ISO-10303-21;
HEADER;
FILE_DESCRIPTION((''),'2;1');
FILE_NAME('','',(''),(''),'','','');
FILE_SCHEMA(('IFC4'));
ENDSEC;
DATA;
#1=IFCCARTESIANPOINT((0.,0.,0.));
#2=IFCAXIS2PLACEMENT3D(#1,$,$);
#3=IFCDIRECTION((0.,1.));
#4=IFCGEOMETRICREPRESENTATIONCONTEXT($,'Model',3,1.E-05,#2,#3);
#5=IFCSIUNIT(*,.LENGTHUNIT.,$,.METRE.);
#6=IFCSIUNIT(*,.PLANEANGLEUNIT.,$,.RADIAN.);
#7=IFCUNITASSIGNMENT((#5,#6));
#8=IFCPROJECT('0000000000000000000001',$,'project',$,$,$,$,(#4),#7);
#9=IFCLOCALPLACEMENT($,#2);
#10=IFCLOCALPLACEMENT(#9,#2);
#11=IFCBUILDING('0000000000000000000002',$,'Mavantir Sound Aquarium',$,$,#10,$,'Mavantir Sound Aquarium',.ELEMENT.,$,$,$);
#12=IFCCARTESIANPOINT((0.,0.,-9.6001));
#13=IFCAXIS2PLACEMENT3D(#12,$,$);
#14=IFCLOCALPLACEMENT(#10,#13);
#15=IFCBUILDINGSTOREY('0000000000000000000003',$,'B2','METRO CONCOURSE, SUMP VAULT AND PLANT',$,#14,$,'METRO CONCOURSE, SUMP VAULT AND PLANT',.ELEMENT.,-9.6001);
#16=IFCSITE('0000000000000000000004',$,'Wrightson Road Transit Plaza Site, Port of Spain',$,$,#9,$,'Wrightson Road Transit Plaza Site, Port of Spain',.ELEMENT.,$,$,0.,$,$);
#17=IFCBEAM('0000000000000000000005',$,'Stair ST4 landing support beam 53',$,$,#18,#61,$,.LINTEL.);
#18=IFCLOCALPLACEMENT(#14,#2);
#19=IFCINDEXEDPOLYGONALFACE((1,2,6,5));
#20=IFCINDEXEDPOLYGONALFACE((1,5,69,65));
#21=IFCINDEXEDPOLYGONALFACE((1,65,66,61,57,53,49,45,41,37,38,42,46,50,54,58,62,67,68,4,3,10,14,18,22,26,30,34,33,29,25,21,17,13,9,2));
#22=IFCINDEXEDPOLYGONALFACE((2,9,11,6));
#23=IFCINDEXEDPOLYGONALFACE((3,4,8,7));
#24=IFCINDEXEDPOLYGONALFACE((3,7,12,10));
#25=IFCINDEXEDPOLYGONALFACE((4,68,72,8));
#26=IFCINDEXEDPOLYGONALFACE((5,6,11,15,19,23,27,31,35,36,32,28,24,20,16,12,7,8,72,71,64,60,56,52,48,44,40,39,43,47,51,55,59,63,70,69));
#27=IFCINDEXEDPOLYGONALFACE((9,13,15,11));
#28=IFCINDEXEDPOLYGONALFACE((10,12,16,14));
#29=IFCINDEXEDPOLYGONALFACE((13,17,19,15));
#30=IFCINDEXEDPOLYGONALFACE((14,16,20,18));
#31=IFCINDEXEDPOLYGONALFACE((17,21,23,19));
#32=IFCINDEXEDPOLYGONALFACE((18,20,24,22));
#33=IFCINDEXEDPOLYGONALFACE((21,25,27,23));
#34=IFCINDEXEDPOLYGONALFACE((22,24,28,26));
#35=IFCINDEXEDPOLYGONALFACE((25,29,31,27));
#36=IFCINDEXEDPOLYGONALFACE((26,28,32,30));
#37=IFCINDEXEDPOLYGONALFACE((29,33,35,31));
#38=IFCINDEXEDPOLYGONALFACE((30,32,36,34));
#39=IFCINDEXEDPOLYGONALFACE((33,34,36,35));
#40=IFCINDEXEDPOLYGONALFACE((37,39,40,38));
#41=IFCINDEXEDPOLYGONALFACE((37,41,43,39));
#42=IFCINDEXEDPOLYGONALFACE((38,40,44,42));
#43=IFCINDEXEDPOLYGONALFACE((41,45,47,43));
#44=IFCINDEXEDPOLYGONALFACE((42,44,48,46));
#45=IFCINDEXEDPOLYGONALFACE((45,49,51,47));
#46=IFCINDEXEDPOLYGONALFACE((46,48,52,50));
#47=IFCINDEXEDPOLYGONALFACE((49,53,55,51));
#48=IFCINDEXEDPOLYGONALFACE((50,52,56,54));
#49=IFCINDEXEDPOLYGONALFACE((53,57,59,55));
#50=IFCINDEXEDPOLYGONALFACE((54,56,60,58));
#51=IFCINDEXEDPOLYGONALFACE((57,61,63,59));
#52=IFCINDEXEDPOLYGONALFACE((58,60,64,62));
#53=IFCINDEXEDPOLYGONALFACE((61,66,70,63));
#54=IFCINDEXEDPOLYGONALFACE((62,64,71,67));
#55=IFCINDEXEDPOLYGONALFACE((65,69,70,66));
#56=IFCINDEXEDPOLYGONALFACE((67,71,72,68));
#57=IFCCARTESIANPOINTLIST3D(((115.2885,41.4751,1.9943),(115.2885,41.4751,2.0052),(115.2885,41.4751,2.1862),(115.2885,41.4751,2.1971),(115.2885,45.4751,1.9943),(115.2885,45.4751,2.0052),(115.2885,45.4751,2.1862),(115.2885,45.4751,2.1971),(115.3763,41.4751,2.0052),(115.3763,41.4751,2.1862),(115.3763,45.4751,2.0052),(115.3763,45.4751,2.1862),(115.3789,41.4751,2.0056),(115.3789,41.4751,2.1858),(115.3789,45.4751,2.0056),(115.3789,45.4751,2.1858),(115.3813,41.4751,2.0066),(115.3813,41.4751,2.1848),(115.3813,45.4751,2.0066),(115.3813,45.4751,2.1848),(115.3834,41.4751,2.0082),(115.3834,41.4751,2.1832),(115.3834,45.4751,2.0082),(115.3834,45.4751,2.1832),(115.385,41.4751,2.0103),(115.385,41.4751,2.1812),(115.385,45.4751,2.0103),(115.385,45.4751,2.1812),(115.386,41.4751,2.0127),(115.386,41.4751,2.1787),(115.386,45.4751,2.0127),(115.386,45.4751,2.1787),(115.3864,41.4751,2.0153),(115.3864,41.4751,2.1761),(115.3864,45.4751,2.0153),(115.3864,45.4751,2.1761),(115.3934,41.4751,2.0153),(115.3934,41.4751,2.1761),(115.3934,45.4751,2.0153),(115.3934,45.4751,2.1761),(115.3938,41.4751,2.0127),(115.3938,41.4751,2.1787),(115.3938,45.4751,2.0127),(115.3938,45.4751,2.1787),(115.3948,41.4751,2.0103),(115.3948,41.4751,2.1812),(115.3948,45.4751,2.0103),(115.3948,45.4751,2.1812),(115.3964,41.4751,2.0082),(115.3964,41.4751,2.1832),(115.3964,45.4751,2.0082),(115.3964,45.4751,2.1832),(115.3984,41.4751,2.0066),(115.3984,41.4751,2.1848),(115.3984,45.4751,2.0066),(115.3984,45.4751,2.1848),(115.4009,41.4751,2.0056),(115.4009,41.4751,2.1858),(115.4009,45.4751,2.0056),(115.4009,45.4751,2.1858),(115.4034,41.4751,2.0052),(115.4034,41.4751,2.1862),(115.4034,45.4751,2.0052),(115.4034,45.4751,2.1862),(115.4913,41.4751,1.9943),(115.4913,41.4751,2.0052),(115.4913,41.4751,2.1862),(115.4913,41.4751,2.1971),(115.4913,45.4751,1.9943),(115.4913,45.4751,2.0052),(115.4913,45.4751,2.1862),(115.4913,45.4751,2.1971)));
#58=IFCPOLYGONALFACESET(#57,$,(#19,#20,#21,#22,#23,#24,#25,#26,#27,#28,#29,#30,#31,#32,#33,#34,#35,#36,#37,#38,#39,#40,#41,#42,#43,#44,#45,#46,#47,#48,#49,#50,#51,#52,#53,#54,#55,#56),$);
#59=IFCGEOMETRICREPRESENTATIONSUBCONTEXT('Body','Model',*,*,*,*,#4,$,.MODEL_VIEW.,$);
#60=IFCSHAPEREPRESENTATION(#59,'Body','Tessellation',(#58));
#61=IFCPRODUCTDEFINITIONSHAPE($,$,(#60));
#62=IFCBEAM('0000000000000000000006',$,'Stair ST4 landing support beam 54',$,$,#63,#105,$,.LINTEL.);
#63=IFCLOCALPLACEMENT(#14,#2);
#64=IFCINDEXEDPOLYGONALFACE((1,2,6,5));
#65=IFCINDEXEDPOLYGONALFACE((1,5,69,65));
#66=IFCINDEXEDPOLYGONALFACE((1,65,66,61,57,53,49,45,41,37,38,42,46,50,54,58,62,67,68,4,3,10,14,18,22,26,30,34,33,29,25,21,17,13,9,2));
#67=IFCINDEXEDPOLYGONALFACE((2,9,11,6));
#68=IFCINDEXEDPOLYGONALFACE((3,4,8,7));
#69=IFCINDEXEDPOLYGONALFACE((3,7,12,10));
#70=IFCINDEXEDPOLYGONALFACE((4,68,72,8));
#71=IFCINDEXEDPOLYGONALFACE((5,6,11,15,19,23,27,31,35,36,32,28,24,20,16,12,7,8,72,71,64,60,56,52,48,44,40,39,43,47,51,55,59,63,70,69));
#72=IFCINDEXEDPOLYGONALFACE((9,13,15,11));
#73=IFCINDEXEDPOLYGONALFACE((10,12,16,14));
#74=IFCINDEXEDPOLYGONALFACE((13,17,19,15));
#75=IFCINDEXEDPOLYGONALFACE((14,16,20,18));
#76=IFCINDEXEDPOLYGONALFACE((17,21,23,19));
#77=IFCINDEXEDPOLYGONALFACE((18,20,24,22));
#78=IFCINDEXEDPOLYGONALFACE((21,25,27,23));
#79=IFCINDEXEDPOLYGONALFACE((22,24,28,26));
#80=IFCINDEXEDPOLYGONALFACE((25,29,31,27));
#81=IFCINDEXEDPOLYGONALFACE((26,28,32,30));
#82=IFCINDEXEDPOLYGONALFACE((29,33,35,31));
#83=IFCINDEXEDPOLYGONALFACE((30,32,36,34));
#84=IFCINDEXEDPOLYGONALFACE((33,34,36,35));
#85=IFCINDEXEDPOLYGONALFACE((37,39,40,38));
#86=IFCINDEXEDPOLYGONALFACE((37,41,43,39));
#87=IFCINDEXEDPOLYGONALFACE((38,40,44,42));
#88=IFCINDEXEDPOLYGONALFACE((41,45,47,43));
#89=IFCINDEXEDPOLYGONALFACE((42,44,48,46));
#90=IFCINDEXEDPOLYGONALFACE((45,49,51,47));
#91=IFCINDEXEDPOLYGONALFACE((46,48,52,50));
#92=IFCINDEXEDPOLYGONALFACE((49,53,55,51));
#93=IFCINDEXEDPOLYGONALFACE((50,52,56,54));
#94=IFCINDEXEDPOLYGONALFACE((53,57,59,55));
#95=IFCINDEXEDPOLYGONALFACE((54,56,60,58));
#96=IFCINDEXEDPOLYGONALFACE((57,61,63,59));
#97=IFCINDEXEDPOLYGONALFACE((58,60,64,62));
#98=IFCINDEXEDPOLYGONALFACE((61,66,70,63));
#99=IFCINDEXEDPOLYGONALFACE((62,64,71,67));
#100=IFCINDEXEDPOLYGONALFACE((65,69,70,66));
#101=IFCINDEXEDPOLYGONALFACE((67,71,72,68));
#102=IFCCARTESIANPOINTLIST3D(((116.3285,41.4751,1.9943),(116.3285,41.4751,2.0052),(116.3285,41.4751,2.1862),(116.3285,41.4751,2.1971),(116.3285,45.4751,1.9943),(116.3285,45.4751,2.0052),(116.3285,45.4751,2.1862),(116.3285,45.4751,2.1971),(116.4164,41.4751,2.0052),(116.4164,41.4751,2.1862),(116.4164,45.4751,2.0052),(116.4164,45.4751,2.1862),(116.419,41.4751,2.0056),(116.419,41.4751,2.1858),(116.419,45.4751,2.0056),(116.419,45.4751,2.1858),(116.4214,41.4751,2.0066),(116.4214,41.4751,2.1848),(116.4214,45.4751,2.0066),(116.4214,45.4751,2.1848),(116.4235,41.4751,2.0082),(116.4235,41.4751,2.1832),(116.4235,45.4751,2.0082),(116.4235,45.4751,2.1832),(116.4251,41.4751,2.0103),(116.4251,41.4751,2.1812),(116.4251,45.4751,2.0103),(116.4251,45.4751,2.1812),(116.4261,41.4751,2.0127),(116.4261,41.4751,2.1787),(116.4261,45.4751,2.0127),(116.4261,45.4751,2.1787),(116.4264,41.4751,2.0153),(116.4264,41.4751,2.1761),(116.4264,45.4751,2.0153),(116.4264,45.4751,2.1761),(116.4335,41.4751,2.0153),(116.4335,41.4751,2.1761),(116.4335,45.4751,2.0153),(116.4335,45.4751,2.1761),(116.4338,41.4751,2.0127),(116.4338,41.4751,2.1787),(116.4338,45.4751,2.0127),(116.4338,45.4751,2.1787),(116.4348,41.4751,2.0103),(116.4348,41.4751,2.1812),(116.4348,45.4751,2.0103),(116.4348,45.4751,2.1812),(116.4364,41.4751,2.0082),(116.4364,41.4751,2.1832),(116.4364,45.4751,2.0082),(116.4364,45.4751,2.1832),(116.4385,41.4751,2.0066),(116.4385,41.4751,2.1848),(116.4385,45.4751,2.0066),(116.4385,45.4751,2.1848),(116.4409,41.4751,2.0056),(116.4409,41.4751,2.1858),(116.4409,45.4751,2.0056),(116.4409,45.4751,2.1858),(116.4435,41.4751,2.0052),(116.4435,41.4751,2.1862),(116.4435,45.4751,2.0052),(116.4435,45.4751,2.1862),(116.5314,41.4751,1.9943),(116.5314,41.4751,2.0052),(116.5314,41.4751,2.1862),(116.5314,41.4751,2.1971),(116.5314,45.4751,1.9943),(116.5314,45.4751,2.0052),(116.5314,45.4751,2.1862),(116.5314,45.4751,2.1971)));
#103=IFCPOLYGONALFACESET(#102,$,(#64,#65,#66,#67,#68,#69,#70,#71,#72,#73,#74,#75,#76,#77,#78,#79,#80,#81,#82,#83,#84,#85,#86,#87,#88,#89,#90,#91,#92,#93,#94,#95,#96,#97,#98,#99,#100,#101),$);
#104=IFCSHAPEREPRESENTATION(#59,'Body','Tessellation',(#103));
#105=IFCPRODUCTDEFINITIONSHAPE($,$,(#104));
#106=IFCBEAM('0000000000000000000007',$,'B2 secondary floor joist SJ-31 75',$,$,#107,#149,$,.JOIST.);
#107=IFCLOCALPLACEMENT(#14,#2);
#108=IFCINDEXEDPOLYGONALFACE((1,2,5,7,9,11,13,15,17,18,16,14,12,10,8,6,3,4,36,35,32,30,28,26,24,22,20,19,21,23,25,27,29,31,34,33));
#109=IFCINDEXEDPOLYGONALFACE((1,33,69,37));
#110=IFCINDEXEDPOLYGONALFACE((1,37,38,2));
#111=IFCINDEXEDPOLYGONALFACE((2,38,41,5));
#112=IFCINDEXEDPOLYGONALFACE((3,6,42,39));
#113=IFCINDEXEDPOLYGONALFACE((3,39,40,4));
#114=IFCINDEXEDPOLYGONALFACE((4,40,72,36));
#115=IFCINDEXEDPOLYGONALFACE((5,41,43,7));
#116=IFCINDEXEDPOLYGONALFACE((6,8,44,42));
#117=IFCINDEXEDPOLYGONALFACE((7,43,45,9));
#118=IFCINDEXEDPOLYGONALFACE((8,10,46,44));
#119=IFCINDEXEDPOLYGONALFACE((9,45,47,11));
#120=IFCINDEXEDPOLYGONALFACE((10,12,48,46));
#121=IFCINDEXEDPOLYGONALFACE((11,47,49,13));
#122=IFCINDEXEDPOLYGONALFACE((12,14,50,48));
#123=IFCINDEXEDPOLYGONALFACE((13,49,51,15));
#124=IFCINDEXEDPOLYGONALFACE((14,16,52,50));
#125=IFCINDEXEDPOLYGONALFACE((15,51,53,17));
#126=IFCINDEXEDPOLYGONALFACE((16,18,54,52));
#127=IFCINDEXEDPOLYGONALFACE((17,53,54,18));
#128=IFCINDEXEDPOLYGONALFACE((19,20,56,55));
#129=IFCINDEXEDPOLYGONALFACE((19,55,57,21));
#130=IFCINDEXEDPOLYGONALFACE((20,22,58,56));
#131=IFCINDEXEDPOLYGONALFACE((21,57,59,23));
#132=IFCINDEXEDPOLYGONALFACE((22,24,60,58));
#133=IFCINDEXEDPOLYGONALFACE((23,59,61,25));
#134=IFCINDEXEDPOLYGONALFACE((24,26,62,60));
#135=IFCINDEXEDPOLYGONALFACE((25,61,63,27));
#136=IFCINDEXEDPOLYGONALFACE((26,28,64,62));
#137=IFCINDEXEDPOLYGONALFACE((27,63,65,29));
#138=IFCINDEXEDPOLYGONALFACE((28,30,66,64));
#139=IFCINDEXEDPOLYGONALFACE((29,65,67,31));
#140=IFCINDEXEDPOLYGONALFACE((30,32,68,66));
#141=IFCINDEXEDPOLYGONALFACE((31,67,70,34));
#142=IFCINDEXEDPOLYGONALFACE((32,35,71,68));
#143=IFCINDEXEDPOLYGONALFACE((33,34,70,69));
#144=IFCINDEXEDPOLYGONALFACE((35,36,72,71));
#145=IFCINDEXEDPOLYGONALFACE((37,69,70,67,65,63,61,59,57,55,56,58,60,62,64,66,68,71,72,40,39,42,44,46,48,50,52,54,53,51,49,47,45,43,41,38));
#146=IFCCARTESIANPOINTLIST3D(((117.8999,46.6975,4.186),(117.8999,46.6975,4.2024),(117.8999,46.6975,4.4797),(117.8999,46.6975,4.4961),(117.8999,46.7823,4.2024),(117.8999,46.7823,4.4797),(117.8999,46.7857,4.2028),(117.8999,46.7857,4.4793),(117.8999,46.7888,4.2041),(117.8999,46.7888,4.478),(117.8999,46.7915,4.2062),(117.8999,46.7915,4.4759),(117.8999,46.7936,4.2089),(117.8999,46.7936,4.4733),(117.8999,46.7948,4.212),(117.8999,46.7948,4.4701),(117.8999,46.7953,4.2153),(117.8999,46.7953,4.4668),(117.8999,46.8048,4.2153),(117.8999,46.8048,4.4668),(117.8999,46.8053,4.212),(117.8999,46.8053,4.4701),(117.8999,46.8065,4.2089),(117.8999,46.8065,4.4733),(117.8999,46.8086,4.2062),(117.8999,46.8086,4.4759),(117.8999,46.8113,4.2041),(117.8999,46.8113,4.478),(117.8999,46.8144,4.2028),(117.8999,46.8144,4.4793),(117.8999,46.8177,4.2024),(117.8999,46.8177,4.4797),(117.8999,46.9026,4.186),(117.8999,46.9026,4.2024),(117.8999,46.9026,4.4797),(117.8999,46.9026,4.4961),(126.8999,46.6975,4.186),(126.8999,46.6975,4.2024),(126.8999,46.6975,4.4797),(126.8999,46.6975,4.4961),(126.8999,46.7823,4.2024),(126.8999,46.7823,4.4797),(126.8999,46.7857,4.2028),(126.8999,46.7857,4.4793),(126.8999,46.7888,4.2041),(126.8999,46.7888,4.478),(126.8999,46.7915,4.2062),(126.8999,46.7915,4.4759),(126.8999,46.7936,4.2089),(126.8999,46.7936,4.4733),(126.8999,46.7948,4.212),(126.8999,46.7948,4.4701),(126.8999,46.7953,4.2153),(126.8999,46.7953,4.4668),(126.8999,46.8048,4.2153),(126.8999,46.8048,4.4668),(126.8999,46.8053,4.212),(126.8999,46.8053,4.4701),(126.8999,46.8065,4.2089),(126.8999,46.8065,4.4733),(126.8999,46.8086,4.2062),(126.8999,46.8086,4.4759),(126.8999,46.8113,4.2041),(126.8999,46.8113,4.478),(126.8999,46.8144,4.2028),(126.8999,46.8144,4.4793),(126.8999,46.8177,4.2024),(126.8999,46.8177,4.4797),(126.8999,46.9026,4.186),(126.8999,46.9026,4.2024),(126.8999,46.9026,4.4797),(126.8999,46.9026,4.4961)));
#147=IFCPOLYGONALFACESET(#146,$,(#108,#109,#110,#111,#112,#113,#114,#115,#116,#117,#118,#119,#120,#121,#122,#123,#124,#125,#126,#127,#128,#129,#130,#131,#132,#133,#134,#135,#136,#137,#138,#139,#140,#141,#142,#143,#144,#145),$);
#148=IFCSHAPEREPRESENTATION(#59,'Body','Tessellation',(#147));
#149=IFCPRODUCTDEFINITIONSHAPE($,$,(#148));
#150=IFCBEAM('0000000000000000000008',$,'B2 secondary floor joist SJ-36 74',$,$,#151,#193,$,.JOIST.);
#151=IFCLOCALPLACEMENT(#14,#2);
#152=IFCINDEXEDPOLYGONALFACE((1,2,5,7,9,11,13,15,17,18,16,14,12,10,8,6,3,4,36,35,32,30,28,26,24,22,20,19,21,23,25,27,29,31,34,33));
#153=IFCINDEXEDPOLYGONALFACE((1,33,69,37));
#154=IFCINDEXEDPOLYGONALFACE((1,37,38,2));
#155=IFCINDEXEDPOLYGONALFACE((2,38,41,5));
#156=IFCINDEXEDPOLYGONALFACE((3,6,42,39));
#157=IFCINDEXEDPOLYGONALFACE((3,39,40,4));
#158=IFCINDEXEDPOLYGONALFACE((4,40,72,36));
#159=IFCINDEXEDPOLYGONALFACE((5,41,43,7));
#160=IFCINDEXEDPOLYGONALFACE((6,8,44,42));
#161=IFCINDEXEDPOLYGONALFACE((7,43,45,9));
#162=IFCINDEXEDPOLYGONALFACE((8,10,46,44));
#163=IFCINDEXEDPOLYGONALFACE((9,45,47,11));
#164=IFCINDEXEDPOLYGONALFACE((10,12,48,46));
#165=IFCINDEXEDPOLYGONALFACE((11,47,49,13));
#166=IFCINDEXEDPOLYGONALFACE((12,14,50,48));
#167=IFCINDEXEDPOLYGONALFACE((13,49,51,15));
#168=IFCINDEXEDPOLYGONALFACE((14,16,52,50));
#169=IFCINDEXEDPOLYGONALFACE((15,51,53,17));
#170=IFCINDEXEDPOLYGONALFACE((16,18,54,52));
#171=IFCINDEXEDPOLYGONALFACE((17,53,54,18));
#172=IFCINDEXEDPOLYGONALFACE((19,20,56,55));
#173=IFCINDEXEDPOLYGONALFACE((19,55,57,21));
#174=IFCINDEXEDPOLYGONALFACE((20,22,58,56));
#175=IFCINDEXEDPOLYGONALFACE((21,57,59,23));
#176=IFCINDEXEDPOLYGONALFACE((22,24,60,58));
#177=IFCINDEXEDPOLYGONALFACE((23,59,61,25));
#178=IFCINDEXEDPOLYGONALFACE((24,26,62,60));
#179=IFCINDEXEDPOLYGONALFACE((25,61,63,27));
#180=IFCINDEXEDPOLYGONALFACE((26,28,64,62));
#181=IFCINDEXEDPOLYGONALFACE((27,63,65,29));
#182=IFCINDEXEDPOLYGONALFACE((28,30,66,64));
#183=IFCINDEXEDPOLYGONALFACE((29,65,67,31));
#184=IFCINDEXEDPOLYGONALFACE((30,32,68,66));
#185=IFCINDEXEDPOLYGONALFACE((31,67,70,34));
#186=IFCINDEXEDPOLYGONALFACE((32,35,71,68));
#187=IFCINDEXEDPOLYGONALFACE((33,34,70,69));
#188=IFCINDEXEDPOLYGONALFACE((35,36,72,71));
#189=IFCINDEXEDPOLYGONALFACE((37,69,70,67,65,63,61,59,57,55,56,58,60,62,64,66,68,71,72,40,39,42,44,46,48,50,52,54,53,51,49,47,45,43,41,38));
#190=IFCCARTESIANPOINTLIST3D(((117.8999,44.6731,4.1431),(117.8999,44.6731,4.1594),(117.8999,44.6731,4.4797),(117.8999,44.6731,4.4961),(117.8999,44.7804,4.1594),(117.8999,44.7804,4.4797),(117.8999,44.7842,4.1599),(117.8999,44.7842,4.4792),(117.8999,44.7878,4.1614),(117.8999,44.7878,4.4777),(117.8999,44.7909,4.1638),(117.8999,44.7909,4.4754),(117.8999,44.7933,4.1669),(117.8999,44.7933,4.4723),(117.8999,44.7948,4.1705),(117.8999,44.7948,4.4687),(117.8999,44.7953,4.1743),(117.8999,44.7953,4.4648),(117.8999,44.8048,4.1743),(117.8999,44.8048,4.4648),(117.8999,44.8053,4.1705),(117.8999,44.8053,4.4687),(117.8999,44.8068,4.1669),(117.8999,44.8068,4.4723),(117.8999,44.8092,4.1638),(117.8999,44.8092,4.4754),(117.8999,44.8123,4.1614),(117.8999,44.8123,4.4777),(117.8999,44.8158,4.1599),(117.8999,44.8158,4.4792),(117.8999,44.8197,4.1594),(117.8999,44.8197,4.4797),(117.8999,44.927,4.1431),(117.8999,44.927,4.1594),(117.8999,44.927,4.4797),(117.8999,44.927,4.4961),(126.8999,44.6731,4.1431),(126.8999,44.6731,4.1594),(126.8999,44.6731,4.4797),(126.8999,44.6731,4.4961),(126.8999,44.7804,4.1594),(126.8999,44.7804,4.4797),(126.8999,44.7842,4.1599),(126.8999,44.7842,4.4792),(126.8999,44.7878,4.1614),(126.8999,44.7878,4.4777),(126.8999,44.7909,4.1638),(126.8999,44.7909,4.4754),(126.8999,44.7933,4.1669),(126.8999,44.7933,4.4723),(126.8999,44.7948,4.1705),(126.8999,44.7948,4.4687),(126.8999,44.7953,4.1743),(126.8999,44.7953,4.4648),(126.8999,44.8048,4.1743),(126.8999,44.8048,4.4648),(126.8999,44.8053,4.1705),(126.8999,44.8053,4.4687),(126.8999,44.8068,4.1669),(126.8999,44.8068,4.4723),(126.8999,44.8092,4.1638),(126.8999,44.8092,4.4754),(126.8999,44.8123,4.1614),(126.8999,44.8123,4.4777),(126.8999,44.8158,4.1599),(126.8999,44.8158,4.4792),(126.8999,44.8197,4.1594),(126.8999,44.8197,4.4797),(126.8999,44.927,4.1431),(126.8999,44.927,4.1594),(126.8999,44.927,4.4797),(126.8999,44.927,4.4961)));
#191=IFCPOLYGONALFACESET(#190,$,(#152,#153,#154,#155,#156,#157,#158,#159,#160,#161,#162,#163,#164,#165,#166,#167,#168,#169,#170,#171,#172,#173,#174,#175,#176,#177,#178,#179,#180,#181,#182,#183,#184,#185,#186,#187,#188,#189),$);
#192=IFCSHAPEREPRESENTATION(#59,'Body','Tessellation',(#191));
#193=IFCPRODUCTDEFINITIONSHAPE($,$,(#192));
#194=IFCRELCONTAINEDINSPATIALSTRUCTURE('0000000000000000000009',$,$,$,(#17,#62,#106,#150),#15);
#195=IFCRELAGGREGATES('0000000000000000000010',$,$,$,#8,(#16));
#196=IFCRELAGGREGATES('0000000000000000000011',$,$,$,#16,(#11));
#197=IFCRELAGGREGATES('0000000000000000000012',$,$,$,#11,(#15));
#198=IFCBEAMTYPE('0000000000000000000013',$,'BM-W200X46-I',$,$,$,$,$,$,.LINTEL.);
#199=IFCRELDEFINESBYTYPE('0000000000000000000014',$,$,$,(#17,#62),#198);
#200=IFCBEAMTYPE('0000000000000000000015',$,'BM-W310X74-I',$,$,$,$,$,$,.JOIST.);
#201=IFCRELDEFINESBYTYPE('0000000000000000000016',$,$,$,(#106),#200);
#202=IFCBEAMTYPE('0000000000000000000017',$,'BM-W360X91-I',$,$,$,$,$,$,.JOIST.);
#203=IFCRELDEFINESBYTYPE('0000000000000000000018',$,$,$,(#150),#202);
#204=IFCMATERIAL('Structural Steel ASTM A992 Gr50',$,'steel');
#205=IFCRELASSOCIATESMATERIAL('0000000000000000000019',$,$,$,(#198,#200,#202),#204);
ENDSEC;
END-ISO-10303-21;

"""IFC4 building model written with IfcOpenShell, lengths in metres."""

from ifc_helpers import new_model, si_unit, direction, frame, origin, origin_2d, place, context, subcontext, project, spatial, i_section, extrude, material, material_profile, profile_set, type_object, element, save


model = new_model("IFC4")

# Units and contexts
model_context = context("Model", 3, precision=1e-05, world=origin(), true_north=direction((0.0, 1.0)))
body_context = subcontext(model_context, "Body", "Model", "MODEL_VIEW")
ifc_project = project(units=[si_unit("LENGTHUNIT", "METRE"), si_unit("PLANEANGLEUNIT", "RADIAN")], contexts=[model_context])

# Site, building, storey
site_placement = place(None, origin())
site = spatial("IfcSite", under=ifc_project, at=site_placement, Name="Wrightson Road Transit Plaza Site, Port of Spain", LongName="Wrightson Road Transit Plaza Site, Port of Spain", CompositionType="ELEMENT", RefElevation=0.0)
building_placement = place(site_placement, origin())
building = spatial("IfcBuilding", under=site, at=building_placement, Name="Mavantir Sound Aquarium", LongName="Mavantir Sound Aquarium", CompositionType="ELEMENT")
storey_placement = place(building_placement, frame((0.0, 0.0, -9.6001)))
storey = spatial("IfcBuildingStorey", under=building, at=storey_placement, Name="B2", Description="METRO CONCOURSE, SUMP VAULT AND PLANT", LongName="METRO CONCOURSE, SUMP VAULT AND PLANT", CompositionType="ELEMENT", Elevation=-9.6001)

# Beams
ifc_material_1 = material(Name="Structural Steel ASTM A992 Gr50", Category="steel")
ifc_material_profile_1 = material_profile(ifc_material_1, i_section(OverallWidth=0.2029, OverallDepth=0.2029, WebThickness=0.0071, FlangeThickness=0.011, FilletRadius=0.01, at=origin_2d()), Name="W200X46")
ifc_profile_set_1 = profile_set([ifc_material_profile_1], Name="Structural Steel ASTM A992 Gr50")
beam_type_1 = type_object("IfcBeamType", Name="BM-W200X46-I", PredefinedType="LINTEL", material=ifc_profile_set_1)
for number, where, z_axis, x_axis, name in (
    (1, (115.3899, 41.4751, 2.0957), (0.0, 1.0, 0.0), (-1.0, 0.0, 0.0), "Stair ST4 landing support beam 53"),
    (2, (116.4299, 41.4751, 2.0957), (0.0, 1.0, 0.0), (-1.0, 0.0, 0.0), "Stair ST4 landing support beam 54"),
):
    element("IfcBeam", number, at=place(storey_placement, frame(where, z_axis=z_axis, x_axis=x_axis)), inside=storey, type_object=beam_type_1, Name=name, PredefinedType="LINTEL", context=body_context, shape_type="SweptSolid", body=[
        extrude(i_section(OverallWidth=0.2029, OverallDepth=0.2029, WebThickness=0.0071, FlangeThickness=0.011, FilletRadius=0.01, at=origin_2d()), origin(), (0.0, 0.0, 1.0), 4.0),
    ])
ifc_material_profile_2 = material_profile(ifc_material_1, i_section(OverallWidth=0.2051, OverallDepth=0.3101, WebThickness=0.0095, FlangeThickness=0.0164, FilletRadius=0.0129, at=origin_2d()), Name="W310X74")
ifc_profile_set_2 = profile_set([ifc_material_profile_2], Name="Structural Steel ASTM A992 Gr50")
beam_type_2 = type_object("IfcBeamType", Name="BM-W310X74-I", PredefinedType="JOIST", material=ifc_profile_set_2)
beam_1_placement = place(storey_placement, frame((117.8999, 46.8, 4.3411), z_axis=(1.0, 0.0, 0.0), x_axis=(0.0, 1.0, 0.0)))
element("IfcBeam", 3, at=beam_1_placement, inside=storey, type_object=beam_type_2, Name="B2 secondary floor joist SJ-31 75", PredefinedType="JOIST", context=body_context, shape_type="SweptSolid", body=[
    extrude(i_section(OverallWidth=0.2051, OverallDepth=0.3101, WebThickness=0.0095, FlangeThickness=0.0164, FilletRadius=0.0129, at=origin_2d()), origin(), (0.0, 0.0, 1.0), 9.0),
])
ifc_material_profile_3 = material_profile(ifc_material_1, i_section(OverallWidth=0.2539, OverallDepth=0.353, WebThickness=0.0095, FlangeThickness=0.0164, FilletRadius=0.0149, at=origin_2d()), Name="W360X91")
ifc_profile_set_3 = profile_set([ifc_material_profile_3], Name="Structural Steel ASTM A992 Gr50")
beam_type_3 = type_object("IfcBeamType", Name="BM-W360X91-I", PredefinedType="JOIST", material=ifc_profile_set_3)
beam_2_placement = place(storey_placement, frame((117.8999, 44.8, 4.3196), z_axis=(1.0, 0.0, 0.0), x_axis=(0.0, 1.0, 0.0)))
element("IfcBeam", 4, at=beam_2_placement, inside=storey, type_object=beam_type_3, Name="B2 secondary floor joist SJ-36 74", PredefinedType="JOIST", context=body_context, shape_type="SweptSolid", body=[
    extrude(i_section(OverallWidth=0.2539, OverallDepth=0.353, WebThickness=0.0095, FlangeThickness=0.0164, FilletRadius=0.0149, at=origin_2d()), origin(), (0.0, 0.0, 1.0), 9.0),
])

save(model, "model.ifc")
